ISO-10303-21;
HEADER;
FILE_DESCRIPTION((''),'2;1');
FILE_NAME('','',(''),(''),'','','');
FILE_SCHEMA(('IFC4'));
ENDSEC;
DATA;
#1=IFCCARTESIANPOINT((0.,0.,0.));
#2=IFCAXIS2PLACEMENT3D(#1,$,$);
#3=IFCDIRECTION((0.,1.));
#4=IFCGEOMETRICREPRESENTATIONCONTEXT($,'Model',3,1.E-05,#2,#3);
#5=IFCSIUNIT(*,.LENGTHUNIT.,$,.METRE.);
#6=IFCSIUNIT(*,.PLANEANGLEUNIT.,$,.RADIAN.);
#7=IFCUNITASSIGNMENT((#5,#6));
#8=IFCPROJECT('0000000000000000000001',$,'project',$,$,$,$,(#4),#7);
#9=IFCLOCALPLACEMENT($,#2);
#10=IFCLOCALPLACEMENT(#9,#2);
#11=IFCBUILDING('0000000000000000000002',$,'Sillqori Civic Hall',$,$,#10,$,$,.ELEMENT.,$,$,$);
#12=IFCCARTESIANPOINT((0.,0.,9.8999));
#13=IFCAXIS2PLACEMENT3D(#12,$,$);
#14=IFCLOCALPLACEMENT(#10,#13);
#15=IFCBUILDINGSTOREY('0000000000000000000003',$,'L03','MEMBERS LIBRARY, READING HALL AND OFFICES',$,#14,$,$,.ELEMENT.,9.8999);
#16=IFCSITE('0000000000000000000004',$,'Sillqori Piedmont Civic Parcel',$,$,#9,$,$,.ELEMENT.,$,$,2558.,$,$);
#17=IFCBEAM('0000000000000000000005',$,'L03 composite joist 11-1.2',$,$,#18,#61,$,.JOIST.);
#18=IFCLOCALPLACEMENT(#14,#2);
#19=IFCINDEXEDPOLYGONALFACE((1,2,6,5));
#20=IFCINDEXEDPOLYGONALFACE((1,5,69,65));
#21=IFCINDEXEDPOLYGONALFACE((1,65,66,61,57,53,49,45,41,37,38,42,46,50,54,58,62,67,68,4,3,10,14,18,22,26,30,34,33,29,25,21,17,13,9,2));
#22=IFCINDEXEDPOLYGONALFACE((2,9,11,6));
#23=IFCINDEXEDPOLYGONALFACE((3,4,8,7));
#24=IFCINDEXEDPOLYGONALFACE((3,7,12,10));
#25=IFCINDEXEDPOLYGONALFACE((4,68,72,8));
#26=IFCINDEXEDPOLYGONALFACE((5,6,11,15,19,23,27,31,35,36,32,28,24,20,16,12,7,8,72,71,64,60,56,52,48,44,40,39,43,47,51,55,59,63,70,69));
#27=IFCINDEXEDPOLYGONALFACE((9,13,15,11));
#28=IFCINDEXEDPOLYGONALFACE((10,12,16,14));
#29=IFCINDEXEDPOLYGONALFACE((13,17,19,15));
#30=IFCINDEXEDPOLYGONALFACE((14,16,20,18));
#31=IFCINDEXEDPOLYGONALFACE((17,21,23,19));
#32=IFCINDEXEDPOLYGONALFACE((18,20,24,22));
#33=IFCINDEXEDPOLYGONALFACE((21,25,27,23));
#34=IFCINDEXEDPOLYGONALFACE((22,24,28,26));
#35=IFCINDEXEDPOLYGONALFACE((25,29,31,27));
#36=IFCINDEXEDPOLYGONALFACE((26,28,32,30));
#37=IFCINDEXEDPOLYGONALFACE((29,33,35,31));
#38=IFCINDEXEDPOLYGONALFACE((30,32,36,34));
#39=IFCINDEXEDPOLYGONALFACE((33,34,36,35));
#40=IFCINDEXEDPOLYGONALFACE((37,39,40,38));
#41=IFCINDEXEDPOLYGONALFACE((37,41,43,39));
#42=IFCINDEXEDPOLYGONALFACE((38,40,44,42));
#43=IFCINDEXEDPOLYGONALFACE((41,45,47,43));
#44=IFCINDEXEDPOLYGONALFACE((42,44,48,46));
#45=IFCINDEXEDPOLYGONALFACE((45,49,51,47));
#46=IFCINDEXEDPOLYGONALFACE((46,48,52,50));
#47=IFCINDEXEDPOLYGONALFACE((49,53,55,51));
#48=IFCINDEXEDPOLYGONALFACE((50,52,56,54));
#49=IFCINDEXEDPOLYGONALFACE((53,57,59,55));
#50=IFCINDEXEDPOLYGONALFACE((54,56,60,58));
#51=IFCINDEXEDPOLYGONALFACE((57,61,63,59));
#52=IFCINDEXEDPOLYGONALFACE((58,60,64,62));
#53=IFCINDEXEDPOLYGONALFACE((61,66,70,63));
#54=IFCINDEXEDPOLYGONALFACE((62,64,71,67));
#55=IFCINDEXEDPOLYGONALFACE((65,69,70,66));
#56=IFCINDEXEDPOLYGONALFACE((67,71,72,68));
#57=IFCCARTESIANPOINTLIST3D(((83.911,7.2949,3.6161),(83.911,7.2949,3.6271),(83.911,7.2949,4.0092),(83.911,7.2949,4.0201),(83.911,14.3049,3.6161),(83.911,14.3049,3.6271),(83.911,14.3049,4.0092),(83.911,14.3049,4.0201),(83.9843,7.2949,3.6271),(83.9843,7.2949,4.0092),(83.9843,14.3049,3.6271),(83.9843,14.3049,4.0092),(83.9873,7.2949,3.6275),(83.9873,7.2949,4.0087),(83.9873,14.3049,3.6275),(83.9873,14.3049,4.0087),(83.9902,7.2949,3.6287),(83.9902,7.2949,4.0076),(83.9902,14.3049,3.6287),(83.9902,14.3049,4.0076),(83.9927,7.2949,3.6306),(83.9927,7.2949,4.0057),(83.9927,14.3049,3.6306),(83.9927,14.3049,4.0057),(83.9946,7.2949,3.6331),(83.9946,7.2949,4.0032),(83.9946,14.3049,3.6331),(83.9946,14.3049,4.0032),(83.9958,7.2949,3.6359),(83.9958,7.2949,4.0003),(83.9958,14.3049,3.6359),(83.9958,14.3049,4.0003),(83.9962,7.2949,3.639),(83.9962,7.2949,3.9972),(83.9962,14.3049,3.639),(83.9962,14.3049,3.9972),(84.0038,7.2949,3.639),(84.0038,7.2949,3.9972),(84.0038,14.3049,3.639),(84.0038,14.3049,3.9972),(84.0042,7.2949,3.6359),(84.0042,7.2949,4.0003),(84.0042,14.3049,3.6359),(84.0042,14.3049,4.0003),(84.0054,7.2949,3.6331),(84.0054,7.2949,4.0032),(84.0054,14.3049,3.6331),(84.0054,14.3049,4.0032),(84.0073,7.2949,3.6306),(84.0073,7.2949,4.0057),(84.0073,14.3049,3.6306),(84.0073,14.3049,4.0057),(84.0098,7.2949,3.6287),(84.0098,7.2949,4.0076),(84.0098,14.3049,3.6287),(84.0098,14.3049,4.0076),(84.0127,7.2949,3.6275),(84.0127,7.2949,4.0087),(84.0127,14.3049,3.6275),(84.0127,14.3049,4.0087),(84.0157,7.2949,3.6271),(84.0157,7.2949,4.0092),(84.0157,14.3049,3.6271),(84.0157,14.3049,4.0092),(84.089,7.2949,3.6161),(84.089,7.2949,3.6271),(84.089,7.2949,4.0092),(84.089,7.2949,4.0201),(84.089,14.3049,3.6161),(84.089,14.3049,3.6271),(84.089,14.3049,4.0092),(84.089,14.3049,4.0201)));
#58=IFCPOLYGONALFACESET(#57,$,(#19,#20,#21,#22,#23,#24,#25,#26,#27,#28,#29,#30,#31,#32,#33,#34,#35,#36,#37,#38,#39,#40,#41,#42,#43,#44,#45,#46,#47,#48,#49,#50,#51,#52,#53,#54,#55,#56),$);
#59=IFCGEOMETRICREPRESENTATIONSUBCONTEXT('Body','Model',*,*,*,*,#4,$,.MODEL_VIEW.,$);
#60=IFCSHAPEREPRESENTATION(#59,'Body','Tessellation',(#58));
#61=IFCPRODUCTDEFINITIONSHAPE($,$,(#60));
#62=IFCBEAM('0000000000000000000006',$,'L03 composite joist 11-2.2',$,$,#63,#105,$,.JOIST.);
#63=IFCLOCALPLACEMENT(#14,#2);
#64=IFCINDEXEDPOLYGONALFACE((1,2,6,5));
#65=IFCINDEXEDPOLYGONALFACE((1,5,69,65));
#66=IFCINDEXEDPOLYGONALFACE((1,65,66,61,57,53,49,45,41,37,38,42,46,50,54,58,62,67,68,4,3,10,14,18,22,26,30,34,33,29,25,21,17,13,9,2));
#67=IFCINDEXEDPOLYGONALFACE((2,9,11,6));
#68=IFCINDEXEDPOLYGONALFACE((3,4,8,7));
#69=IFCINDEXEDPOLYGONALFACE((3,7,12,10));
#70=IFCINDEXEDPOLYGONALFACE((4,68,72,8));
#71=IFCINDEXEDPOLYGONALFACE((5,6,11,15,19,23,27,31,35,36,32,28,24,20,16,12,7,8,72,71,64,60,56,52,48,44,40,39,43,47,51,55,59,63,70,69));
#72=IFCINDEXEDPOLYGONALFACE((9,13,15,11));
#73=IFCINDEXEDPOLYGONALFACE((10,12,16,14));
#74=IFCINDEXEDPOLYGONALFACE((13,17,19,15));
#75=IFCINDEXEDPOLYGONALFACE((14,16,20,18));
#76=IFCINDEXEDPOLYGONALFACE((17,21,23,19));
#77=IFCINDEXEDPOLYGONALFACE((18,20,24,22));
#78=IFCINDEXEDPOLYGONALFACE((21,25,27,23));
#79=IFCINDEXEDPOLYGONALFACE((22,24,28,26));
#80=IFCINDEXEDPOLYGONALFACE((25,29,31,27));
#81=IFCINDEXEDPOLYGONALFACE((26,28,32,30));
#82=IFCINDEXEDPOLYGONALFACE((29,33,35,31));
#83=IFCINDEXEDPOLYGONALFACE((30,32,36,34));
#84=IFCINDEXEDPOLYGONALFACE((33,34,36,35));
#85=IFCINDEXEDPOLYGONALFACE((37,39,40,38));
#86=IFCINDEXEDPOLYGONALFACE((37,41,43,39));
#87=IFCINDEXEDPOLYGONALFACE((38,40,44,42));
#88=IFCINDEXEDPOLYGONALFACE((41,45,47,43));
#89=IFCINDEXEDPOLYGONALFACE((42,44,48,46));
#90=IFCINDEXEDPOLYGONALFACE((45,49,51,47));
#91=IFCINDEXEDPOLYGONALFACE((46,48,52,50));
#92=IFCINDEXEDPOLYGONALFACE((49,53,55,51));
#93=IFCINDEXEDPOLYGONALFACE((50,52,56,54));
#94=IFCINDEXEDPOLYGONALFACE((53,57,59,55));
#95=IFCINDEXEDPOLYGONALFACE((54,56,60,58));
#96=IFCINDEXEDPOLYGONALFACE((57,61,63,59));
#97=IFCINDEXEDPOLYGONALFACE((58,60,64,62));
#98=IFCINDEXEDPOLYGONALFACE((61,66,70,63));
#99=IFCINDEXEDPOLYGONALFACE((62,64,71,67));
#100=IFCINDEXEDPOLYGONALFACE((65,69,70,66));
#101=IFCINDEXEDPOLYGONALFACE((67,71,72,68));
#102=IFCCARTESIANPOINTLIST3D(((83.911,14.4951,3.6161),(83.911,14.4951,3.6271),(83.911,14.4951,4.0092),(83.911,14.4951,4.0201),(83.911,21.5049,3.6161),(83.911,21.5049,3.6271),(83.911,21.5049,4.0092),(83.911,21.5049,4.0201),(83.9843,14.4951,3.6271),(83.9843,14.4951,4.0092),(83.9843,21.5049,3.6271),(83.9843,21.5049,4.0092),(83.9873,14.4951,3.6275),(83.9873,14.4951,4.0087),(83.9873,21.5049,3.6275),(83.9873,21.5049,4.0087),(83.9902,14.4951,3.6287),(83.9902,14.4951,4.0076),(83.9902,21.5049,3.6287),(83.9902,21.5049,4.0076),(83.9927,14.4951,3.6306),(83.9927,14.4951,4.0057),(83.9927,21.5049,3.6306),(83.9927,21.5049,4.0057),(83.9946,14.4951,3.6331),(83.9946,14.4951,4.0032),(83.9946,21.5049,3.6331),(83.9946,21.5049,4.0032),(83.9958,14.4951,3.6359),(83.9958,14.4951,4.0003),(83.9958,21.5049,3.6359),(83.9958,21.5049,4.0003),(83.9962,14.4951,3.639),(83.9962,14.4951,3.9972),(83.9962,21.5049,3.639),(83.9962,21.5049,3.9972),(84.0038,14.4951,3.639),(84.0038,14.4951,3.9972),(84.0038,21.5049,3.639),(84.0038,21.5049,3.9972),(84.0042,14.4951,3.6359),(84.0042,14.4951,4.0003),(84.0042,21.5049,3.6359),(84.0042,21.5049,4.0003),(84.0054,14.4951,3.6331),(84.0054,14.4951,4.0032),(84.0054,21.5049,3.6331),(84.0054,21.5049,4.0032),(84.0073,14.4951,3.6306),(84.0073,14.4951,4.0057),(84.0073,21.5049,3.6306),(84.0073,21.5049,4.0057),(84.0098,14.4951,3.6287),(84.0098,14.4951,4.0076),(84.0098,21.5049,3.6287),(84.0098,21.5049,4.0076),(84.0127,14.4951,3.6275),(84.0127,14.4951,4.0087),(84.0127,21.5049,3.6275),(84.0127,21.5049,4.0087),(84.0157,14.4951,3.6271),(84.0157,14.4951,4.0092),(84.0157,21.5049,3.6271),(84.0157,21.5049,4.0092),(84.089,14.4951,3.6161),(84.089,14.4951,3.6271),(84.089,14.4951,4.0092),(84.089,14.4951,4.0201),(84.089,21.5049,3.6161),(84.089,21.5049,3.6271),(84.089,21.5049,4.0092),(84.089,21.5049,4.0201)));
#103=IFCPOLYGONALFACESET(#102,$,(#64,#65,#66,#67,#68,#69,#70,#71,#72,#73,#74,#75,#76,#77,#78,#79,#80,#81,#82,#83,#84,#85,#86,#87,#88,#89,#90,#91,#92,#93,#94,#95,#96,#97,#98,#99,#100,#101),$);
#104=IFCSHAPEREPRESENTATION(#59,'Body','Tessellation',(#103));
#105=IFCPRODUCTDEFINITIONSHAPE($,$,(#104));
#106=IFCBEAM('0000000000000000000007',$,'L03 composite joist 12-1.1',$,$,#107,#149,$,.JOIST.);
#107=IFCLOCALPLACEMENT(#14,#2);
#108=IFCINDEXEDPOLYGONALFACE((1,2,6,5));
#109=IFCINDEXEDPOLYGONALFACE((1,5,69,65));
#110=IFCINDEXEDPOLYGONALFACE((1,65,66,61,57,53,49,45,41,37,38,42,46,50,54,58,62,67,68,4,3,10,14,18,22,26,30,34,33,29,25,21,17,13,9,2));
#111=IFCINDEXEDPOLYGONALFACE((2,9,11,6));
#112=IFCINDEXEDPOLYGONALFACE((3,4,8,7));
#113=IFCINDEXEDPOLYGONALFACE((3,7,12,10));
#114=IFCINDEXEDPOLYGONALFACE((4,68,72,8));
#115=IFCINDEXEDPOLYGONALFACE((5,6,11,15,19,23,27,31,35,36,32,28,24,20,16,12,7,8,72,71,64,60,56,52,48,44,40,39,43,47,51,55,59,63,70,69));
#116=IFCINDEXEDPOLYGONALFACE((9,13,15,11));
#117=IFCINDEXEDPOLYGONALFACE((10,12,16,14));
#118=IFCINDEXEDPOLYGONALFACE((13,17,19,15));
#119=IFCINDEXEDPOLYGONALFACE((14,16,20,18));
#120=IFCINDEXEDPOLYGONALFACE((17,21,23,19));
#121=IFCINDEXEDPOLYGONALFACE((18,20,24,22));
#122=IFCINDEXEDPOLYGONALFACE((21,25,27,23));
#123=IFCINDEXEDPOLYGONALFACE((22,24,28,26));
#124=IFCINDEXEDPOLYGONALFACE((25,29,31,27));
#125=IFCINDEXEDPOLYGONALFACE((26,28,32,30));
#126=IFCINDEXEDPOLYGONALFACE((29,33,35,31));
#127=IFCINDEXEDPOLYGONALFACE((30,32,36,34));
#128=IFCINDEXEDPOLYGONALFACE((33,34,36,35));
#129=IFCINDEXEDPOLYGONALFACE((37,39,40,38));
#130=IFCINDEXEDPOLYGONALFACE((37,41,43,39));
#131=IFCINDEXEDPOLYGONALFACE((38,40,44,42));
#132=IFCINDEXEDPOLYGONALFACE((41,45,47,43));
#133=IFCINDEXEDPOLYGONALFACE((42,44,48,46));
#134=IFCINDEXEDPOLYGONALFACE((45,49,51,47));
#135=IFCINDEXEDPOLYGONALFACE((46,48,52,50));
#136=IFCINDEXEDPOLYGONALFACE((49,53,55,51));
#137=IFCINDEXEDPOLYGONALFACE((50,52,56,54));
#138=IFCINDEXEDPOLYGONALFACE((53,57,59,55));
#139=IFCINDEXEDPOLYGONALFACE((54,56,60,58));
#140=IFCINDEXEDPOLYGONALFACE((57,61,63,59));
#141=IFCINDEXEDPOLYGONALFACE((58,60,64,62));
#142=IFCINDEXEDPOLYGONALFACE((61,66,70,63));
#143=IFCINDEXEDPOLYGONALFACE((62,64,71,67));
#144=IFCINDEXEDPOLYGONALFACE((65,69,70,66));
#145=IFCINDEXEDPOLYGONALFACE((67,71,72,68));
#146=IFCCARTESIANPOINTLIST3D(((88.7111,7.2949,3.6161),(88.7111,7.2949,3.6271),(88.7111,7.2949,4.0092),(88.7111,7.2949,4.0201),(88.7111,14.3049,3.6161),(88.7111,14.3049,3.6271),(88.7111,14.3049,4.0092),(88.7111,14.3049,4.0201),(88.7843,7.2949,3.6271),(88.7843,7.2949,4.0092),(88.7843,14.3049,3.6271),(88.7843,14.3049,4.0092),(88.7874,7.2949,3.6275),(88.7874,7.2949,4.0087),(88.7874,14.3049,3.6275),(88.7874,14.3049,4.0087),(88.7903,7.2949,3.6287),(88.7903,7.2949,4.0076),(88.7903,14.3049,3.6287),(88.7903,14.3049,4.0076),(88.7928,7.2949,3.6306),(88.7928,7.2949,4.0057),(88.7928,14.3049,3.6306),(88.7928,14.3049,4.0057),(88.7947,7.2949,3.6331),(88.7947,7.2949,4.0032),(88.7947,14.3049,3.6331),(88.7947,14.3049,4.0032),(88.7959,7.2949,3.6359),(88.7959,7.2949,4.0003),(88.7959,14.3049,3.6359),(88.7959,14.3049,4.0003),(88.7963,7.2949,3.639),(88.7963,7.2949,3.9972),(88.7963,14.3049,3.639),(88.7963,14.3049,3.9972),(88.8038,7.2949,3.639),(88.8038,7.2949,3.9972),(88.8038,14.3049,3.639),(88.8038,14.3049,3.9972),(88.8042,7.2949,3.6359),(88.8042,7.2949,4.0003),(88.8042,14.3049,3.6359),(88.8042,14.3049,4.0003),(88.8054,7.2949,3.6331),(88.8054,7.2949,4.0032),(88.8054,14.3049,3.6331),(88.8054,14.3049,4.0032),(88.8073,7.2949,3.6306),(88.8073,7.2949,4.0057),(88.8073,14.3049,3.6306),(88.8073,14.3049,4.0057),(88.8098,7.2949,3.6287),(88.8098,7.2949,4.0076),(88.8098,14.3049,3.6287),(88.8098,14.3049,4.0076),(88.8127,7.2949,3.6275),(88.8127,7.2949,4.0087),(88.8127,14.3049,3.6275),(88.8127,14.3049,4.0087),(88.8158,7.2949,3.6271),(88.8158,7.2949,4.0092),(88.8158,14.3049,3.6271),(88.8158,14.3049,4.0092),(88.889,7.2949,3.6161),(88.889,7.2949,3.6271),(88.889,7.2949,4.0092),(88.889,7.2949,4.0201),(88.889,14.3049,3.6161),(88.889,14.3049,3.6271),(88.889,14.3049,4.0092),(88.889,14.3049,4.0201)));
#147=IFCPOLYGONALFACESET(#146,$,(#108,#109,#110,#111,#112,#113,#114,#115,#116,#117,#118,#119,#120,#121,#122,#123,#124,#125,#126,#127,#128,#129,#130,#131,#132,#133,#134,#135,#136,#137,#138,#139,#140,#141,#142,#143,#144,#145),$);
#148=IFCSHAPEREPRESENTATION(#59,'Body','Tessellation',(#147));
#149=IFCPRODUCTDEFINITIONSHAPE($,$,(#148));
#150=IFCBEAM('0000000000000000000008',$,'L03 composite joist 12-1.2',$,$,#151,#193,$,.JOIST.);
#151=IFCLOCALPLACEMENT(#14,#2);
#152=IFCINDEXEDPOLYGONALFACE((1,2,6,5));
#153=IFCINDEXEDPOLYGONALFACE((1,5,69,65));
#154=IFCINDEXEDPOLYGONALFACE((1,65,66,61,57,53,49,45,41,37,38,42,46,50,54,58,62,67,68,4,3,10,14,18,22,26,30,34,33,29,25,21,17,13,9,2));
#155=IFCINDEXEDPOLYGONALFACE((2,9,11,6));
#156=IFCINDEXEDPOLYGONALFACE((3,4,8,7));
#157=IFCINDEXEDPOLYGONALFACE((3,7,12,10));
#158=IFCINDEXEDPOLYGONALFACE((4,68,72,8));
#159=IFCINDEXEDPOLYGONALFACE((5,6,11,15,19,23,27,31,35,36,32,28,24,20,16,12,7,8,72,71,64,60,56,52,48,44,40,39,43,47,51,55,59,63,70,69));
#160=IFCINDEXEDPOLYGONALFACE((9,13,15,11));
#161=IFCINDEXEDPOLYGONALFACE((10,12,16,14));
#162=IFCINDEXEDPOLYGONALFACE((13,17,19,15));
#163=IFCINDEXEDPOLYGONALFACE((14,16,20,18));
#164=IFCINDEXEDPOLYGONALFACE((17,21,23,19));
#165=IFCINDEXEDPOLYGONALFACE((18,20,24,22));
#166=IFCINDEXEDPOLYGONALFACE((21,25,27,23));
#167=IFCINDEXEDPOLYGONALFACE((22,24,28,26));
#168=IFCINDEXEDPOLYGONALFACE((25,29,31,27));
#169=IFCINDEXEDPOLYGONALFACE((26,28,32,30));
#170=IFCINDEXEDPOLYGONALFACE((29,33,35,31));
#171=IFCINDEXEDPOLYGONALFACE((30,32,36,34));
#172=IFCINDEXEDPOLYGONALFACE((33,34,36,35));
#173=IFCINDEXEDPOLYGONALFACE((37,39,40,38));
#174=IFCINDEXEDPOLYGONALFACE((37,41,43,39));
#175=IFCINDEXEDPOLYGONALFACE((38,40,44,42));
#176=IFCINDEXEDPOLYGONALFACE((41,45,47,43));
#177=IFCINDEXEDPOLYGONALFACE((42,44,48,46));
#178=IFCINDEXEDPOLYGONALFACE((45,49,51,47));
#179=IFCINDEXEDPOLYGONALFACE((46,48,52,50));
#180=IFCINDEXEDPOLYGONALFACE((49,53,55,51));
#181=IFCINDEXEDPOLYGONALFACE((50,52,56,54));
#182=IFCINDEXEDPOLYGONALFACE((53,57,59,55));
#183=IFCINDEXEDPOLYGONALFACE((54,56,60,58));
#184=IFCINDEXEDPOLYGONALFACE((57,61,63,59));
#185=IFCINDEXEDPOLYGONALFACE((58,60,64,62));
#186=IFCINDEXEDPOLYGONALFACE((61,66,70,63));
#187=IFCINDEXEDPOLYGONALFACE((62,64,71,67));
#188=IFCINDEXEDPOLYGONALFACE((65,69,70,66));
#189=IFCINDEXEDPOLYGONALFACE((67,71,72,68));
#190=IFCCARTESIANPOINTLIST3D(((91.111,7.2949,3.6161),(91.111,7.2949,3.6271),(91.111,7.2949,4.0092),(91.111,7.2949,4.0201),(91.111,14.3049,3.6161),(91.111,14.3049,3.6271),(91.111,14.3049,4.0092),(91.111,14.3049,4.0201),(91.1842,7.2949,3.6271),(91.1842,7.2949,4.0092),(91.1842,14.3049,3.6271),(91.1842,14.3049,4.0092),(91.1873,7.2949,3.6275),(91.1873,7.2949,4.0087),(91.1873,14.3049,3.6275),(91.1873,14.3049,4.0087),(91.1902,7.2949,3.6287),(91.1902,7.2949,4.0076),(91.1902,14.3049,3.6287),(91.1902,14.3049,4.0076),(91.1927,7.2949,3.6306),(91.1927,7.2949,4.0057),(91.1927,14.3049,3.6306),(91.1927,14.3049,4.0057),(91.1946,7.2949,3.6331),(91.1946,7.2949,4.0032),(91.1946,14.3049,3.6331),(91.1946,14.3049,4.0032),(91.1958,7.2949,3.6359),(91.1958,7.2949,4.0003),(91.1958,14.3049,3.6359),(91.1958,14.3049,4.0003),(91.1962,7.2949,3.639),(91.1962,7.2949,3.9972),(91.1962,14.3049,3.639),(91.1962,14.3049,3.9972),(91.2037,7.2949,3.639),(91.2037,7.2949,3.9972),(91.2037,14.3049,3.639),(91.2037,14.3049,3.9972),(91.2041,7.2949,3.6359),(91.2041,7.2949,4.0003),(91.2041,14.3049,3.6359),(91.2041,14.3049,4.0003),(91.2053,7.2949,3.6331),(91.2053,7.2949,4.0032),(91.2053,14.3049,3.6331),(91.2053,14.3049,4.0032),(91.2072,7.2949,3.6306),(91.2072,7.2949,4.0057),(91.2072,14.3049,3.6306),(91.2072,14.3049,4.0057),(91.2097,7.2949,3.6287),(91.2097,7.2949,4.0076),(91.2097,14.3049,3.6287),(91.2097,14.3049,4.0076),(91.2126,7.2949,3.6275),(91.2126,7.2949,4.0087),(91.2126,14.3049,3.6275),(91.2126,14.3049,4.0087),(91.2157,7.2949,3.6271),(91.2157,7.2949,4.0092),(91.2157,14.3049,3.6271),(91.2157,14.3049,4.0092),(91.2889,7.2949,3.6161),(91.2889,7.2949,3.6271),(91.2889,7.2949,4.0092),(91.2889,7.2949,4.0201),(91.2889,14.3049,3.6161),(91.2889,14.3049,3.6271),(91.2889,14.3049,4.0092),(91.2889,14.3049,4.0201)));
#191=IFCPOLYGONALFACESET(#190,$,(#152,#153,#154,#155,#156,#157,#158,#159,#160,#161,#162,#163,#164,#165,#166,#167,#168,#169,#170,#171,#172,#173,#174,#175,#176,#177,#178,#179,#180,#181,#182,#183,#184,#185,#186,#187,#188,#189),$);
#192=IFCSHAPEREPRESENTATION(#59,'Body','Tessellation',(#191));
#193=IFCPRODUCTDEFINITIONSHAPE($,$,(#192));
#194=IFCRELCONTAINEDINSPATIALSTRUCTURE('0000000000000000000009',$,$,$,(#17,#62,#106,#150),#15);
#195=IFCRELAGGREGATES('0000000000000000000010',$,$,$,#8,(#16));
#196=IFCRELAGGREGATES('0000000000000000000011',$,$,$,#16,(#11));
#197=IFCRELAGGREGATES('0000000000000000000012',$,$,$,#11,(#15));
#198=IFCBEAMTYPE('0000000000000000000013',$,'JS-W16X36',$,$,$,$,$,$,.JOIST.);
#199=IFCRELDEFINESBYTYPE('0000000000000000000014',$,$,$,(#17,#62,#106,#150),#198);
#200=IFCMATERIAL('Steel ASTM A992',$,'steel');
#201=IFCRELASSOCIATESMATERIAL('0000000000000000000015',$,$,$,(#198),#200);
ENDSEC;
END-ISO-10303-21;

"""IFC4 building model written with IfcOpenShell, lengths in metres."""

from ifc_helpers import new_model, si_unit, direction, frame, origin, origin_2d, place, context, subcontext, project, spatial, i_section, extrude, material, material_profile, profile_set, type_object, element, save


model = new_model("IFC4")

# Units and contexts
model_context = context("Model", 3, precision=1e-05, world=origin(), true_north=direction((0.0, 1.0)))
body_context = subcontext(model_context, "Body", "Model", "MODEL_VIEW")
ifc_project = project(units=[si_unit("LENGTHUNIT", "METRE"), si_unit("PLANEANGLEUNIT", "RADIAN")], contexts=[model_context])

# Site, building, storey
site_placement = place(None, origin())
site = spatial("IfcSite", under=ifc_project, at=site_placement, Name="Sillqori Piedmont Civic Parcel", CompositionType="ELEMENT", RefElevation=2558.0)
building_placement = place(site_placement, origin())
building = spatial("IfcBuilding", under=site, at=building_placement, Name="Sillqori Civic Hall", CompositionType="ELEMENT")
storey_placement = place(building_placement, frame((0.0, 0.0, 9.8999)))
storey = spatial("IfcBuildingStorey", under=building, at=storey_placement, Name="L03", Description="MEMBERS LIBRARY, READING HALL AND OFFICES", CompositionType="ELEMENT", Elevation=9.8999)

# Shared definitions
ifc_material_1 = material(Name="Steel ASTM A992", Category="steel")

# Beams
ifc_material_profile_1 = material_profile(ifc_material_1, i_section(OverallWidth=0.178, OverallDepth=0.4041, WebThickness=0.0076, FlangeThickness=0.011, FilletRadius=0.012, at=origin_2d()), Name="W16X36")
ifc_profile_set_1 = profile_set([ifc_material_profile_1], Name="Steel ASTM A992")
beam_type_1 = type_object("IfcBeamType", Name="JS-W16X36", PredefinedType="JOIST", material=ifc_profile_set_1)
beam_1_placement = place(storey_placement, frame((84.0, 7.2949, 3.8181), z_axis=(0.0, 1.0, 0.0), x_axis=(-1.0, 0.0, 0.0)))
element("IfcBeam", 1, at=beam_1_placement, inside=storey, type_object=beam_type_1, Name="L03 composite joist 11-1.2", PredefinedType="JOIST", context=body_context, shape_type="SweptSolid", body=[
    extrude(i_section(OverallWidth=0.178, OverallDepth=0.4041, WebThickness=0.0076, FlangeThickness=0.011, FilletRadius=0.012, at=origin_2d()), origin(), (0.0, 0.0, 1.0), 7.01),
])
beam_2_placement = place(storey_placement, frame((84.0, 14.4951, 3.8181), z_axis=(0.0, 1.0, 0.0), x_axis=(-1.0, 0.0, 0.0)))
element("IfcBeam", 2, at=beam_2_placement, inside=storey, type_object=beam_type_1, Name="L03 composite joist 11-2.2", PredefinedType="JOIST", context=body_context, shape_type="SweptSolid", body=[
    extrude(i_section(OverallWidth=0.178, OverallDepth=0.4041, WebThickness=0.0076, FlangeThickness=0.011, FilletRadius=0.012, at=origin_2d()), origin(), (0.0, 0.0, 1.0), 7.0098),
])
for number, where, z_axis, x_axis, name in (
    (3, (88.8, 7.2949, 3.8181), (0.0, 1.0, 0.0), (-1.0, 0.0, 0.0), "L03 composite joist 12-1.1"),
    (4, (91.2, 7.2949, 3.8181), (0.0, 1.0, 0.0), (-1.0, 0.0, 0.0), "L03 composite joist 12-1.2"),
):
    element("IfcBeam", number, at=place(storey_placement, frame(where, z_axis=z_axis, x_axis=x_axis)), inside=storey, type_object=beam_type_1, Name=name, PredefinedType="JOIST", context=body_context, shape_type="SweptSolid", body=[
        extrude(i_section(OverallWidth=0.178, OverallDepth=0.4041, WebThickness=0.0076, FlangeThickness=0.011, FilletRadius=0.012, at=origin_2d()), origin(), (0.0, 0.0, 1.0), 7.01),
    ])

save(model, "model.ifc")
